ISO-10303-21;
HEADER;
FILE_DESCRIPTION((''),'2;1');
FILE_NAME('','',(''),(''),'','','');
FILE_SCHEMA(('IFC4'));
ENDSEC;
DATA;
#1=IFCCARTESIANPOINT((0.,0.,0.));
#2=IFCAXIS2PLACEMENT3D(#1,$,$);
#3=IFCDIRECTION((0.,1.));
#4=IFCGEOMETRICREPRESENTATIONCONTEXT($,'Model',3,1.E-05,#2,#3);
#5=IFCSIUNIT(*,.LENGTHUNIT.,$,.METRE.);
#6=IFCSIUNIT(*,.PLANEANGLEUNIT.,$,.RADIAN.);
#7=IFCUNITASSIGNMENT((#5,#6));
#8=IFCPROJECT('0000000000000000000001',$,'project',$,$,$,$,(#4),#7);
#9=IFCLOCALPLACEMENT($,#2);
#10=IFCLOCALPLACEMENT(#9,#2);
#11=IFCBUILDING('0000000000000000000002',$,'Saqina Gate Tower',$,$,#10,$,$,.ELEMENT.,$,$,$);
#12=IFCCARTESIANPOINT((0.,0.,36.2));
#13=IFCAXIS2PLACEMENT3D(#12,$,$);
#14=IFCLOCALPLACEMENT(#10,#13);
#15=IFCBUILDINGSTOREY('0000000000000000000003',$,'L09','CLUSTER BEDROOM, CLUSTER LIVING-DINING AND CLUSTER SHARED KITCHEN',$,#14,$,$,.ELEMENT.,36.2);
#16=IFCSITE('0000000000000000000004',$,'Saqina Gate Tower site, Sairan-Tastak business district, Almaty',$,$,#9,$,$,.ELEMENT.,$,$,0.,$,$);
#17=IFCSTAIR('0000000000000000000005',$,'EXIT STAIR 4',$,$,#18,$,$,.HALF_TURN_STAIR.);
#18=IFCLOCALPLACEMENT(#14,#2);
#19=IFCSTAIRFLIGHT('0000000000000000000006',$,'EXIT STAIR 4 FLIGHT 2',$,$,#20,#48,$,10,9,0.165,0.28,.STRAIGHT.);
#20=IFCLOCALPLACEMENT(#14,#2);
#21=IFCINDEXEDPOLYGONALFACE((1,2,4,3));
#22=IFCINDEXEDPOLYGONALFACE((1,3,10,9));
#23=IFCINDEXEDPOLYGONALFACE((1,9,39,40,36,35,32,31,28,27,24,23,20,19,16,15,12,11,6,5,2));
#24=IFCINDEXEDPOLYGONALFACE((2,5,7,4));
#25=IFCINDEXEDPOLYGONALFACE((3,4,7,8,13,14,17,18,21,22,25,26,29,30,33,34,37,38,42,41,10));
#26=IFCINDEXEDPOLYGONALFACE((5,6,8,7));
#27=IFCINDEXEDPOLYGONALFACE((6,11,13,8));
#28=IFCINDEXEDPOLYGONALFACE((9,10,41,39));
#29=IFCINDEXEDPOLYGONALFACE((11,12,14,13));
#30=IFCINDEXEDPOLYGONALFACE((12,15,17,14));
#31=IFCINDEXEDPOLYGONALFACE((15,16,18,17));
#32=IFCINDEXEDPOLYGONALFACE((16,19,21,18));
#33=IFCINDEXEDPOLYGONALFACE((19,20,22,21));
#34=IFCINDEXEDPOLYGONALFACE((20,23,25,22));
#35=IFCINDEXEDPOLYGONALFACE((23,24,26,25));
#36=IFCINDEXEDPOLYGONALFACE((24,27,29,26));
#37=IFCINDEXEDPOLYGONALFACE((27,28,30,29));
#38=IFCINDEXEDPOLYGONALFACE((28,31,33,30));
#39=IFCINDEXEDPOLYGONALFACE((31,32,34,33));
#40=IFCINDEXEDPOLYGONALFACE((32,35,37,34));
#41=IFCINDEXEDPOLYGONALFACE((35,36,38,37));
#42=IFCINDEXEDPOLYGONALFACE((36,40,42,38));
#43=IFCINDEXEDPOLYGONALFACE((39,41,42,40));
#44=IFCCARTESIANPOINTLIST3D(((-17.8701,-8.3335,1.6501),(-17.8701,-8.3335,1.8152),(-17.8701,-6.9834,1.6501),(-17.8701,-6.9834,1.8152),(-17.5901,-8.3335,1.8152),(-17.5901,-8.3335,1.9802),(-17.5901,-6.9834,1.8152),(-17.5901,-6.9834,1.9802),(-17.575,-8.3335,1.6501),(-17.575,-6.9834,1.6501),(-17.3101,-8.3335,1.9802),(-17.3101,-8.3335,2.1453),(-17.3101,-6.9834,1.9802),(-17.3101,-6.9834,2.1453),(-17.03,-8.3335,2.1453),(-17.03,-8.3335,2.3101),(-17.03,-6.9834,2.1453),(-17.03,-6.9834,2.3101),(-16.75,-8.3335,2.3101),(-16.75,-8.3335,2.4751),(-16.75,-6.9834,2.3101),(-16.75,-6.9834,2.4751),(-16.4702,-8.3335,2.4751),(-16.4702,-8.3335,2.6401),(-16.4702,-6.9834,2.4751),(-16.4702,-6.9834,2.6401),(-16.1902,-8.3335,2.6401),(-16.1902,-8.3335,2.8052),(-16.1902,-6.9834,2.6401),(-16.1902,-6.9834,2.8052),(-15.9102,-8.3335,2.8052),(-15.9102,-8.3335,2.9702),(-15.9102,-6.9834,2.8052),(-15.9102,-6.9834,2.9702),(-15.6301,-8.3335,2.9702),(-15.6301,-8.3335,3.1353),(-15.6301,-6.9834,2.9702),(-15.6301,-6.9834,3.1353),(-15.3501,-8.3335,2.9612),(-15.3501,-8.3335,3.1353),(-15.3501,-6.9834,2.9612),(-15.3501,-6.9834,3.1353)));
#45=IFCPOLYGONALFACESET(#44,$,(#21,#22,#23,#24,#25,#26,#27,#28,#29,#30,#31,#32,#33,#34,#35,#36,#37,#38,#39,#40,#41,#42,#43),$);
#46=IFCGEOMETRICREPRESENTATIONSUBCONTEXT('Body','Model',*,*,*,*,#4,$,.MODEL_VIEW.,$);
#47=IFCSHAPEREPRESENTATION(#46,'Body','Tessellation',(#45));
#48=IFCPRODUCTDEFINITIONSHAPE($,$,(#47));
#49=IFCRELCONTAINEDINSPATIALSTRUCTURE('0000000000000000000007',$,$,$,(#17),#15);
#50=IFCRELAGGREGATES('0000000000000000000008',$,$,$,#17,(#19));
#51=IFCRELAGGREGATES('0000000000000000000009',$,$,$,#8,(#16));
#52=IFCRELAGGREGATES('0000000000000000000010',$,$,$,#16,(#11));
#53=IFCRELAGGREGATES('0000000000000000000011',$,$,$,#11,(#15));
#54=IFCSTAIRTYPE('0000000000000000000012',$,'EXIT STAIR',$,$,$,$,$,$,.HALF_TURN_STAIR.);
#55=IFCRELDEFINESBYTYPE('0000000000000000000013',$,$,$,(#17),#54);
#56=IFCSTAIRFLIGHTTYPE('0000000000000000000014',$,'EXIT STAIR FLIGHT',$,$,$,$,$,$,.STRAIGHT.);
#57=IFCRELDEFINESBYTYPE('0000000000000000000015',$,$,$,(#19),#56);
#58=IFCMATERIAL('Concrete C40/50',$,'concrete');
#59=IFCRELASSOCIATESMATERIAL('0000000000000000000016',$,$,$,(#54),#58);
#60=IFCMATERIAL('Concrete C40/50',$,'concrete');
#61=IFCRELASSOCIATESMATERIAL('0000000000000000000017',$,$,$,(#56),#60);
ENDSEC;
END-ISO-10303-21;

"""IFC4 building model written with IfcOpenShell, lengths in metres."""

from ifc_helpers import new_model, si_unit, direction, frame, origin, place, context, subcontext, project, spatial, polyline, outline, extrude, material, type_object, element, aggregate, save


model = new_model("IFC4")

# Units and contexts
model_context = context("Model", 3, precision=1e-05, world=origin(), true_north=direction((0.0, 1.0)))
body_context = subcontext(model_context, "Body", "Model", "MODEL_VIEW")
ifc_project = project(units=[si_unit("LENGTHUNIT", "METRE"), si_unit("PLANEANGLEUNIT", "RADIAN")], contexts=[model_context])

# Site, building, storey
site_placement = place(None, origin())
site = spatial("IfcSite", under=ifc_project, at=site_placement, Name="Saqina Gate Tower site, Sairan-Tastak business district, Almaty", CompositionType="ELEMENT", RefElevation=0.0)
building_placement = place(site_placement, origin())
building = spatial("IfcBuilding", under=site, at=building_placement, Name="Saqina Gate Tower", CompositionType="ELEMENT")
storey_placement = place(building_placement, frame((0.0, 0.0, 36.2)))
storey = spatial("IfcBuildingStorey", under=building, at=storey_placement, Name="L09", Description="CLUSTER BEDROOM, CLUSTER LIVING-DINING AND CLUSTER SHARED KITCHEN", CompositionType="ELEMENT", Elevation=36.2)

# Stair, stair flight
ifc_material_1 = material(Name="Concrete C40/50", Category="concrete")
stair_type = type_object("IfcStairType", Name="EXIT STAIR", PredefinedType="HALF_TURN_STAIR", material=ifc_material_1)
stair_placement = place(storey_placement, origin())
stair = element("IfcStair", 1, at=stair_placement, inside=storey, type_object=stair_type, Name="EXIT STAIR 4", PredefinedType="HALF_TURN_STAIR")
ifc_material_2 = material(Name="Concrete C40/50", Category="concrete")
stair_flight_type = type_object("IfcStairFlightType", Name="EXIT STAIR FLIGHT", PredefinedType="STRAIGHT", material=ifc_material_2)
stair_flight_1_placement = place(storey_placement, frame((-17.8701, -7.6584, 1.6501), z_axis=(0.0, 0.0, 1.0), x_axis=(1.0, 0.0, 0.0)))
stair_flight_1 = element("IfcStairFlight", 2, at=stair_flight_1_placement, type_object=stair_flight_type, Name="EXIT STAIR 4 FLIGHT 2", NumberOfRisers=10, NumberOfTreads=9, PredefinedType="STRAIGHT", RiserHeight=0.165, TreadLength=0.28, context=body_context, shape_type="SweptSolid", body=[
    extrude(outline(polyline([(0.0, 0.0), (0.0, 0.165), (0.28, 0.165), (0.28, 0.3301), (0.5601, 0.3301), (0.5601, 0.4951), (0.8401, 0.4951), (0.8401, 0.6599), (1.1201, 0.6599), (1.1201, 0.825), (1.3999, 0.825), (1.3999, 0.99), (1.6799, 0.99), (1.6799, 1.155), (1.96, 1.155), (1.96, 1.3201), (2.24, 1.3201), (2.24, 1.4851), (2.52, 1.4851), (2.52, 1.6499), (2.52, 1.311), (0.2952, 0.0), (0.0, 0.0)])), frame((0.0, 0.675, 0.0), z_axis=(0.0, -1.0, 0.0), x_axis=(1.0, 0.0, 0.0)), (0.0, 0.0, 1.0), 1.3501),
])
aggregate(stair, [stair_flight_1])

save(model, "model.ifc")
